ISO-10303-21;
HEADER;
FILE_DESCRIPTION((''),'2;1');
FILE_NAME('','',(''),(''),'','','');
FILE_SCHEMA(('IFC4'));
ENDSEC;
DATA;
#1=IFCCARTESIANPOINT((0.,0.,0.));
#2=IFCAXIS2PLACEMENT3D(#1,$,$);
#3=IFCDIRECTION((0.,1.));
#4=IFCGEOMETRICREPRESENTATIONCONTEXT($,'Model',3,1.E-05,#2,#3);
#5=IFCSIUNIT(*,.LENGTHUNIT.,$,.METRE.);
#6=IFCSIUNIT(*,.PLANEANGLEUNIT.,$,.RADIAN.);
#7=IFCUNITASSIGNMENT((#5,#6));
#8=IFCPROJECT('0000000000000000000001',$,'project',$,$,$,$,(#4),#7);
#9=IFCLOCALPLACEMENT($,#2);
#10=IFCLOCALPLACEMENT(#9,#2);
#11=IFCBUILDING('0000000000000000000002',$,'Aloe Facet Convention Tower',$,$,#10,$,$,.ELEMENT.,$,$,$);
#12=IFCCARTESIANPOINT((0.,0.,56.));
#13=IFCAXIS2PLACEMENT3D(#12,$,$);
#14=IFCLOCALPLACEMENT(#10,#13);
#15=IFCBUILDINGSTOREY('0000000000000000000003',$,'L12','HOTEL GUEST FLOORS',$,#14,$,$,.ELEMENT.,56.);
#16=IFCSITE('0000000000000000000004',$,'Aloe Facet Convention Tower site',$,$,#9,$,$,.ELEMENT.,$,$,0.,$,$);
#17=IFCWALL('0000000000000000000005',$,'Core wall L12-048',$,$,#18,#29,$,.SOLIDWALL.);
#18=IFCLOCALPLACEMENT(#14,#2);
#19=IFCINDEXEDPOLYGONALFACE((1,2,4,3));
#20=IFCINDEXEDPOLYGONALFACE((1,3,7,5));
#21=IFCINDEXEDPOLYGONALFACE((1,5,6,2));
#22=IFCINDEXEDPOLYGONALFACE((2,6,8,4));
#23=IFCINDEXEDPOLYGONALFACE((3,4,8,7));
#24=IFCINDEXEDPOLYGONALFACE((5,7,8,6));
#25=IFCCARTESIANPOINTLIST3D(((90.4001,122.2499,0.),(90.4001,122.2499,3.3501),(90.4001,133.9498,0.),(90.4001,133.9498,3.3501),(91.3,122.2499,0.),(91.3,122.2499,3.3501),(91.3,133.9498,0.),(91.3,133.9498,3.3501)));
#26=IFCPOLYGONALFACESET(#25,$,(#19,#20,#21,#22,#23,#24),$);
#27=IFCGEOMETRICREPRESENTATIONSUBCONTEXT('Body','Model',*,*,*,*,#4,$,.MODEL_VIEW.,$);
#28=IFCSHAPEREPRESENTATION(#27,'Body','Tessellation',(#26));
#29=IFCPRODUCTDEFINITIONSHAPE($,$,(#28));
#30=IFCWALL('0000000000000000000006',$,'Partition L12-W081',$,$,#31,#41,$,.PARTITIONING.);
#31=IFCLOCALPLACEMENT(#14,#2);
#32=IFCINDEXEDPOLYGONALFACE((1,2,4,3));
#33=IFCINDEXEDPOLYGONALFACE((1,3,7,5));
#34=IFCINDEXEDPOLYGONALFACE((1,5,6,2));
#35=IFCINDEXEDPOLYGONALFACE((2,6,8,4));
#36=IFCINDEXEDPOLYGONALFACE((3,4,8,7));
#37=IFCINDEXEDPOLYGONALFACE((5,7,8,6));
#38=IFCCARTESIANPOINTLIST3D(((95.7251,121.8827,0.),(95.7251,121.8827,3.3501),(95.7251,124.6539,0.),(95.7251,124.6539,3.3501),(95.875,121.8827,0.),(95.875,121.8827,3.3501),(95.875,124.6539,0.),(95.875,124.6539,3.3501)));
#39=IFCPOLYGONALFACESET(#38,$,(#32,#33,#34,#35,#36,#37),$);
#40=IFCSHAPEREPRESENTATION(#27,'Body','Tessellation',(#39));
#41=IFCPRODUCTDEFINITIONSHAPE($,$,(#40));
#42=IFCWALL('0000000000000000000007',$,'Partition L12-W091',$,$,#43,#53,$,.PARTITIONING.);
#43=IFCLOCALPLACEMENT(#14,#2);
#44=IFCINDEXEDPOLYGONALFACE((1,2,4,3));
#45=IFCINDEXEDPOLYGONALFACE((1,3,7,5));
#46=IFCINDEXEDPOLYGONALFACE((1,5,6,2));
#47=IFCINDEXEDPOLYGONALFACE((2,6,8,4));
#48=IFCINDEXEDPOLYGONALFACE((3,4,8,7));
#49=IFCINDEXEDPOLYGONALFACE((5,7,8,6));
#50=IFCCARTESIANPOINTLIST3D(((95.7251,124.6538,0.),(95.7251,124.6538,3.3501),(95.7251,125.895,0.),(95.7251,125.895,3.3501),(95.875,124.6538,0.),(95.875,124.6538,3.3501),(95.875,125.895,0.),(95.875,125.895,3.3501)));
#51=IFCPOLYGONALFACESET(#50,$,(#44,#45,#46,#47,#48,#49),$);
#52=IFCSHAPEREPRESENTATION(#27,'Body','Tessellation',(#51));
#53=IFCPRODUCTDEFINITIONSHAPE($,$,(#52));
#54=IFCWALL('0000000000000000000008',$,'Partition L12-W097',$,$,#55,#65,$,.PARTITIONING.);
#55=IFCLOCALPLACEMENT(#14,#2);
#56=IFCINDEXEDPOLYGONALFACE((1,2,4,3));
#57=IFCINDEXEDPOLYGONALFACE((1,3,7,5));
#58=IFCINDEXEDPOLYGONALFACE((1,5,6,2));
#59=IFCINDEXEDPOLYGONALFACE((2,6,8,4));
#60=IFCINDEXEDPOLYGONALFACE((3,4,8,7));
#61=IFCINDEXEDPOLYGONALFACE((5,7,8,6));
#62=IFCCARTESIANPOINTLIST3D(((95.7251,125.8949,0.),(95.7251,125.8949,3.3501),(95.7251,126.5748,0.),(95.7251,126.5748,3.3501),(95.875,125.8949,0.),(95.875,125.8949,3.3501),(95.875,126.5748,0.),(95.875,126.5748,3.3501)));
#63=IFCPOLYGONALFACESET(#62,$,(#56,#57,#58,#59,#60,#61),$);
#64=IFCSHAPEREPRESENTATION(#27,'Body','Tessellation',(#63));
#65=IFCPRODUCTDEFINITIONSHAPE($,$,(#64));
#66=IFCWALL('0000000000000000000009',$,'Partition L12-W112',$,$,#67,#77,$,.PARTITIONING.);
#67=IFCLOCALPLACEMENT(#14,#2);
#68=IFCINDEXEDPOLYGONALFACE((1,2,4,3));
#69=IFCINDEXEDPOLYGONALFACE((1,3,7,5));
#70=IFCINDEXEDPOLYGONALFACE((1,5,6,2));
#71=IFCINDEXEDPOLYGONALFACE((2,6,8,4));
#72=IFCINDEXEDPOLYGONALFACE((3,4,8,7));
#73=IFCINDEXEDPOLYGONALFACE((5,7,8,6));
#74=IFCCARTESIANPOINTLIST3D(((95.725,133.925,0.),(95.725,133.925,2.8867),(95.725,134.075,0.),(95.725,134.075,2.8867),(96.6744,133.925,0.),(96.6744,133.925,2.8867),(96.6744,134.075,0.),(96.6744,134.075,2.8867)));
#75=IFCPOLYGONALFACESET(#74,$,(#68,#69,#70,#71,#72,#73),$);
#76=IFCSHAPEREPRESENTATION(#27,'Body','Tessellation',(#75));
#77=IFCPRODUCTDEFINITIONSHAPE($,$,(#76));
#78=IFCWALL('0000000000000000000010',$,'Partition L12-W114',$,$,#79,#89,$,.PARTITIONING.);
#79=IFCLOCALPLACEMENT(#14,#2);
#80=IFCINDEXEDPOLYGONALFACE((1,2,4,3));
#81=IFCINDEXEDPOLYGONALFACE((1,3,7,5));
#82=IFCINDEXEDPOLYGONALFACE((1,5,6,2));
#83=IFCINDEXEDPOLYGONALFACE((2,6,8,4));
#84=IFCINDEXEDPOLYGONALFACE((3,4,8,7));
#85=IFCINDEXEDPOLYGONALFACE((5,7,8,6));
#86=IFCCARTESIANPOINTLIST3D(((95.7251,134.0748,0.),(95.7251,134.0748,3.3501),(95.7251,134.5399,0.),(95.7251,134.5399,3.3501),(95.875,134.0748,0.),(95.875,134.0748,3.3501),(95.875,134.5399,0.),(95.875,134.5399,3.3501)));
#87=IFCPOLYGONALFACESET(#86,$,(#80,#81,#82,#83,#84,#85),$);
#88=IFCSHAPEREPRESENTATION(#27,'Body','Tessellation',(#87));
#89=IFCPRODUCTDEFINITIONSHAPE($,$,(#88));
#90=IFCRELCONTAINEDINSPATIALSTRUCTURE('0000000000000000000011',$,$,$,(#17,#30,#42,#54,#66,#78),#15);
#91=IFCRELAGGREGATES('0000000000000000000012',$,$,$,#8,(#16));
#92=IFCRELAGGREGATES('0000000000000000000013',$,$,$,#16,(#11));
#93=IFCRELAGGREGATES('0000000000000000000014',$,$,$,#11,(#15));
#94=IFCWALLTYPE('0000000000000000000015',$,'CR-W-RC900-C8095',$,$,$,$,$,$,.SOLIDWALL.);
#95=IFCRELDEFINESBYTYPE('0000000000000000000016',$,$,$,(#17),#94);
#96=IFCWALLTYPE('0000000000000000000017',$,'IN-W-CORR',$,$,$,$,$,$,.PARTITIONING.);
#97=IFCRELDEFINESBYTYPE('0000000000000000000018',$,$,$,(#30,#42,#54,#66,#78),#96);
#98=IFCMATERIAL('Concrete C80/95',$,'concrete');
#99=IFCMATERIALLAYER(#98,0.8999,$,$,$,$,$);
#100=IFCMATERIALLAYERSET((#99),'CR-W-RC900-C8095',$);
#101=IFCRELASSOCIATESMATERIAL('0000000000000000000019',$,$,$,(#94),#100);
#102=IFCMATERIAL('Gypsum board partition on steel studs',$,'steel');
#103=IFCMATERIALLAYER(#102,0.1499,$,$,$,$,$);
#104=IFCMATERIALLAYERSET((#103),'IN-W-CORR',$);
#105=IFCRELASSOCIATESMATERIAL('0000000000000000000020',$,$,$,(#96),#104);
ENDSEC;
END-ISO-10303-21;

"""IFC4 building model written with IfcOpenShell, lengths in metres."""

from ifc_helpers import new_model, si_unit, direction, frame, frame_2d, origin, place, context, subcontext, project, spatial, rectangle, extrude, material, layer, layer_set, type_object, element, save


model = new_model("IFC4")

# Units and contexts
model_context = context("Model", 3, precision=1e-05, world=origin(), true_north=direction((0.0, 1.0)))
body_context = subcontext(model_context, "Body", "Model", "MODEL_VIEW")
ifc_project = project(units=[si_unit("LENGTHUNIT", "METRE"), si_unit("PLANEANGLEUNIT", "RADIAN")], contexts=[model_context])

# Site, building, storey
site_placement = place(None, origin())
site = spatial("IfcSite", under=ifc_project, at=site_placement, Name="Aloe Facet Convention Tower site", CompositionType="ELEMENT", RefElevation=0.0)
building_placement = place(site_placement, origin())
building = spatial("IfcBuilding", under=site, at=building_placement, Name="Aloe Facet Convention Tower", CompositionType="ELEMENT")
storey_placement = place(building_placement, frame((0.0, 0.0, 56.0)))
storey = spatial("IfcBuildingStorey", under=building, at=storey_placement, Name="L12", Description="HOTEL GUEST FLOORS", CompositionType="ELEMENT", Elevation=56.0)

# Walls
ifc_material_1 = material(Name="Concrete C80/95", Category="concrete")
ifc_layer_1 = layer(ifc_material_1, 0.8999)
ifc_layer_set_1 = layer_set([ifc_layer_1], Name="CR-W-RC900-C8095")
wall_type_1 = type_object("IfcWallType", Name="CR-W-RC900-C8095", PredefinedType="SOLIDWALL", material=ifc_layer_set_1)
wall_1_placement = place(storey_placement, frame((90.8501, 133.95, 0.0), z_axis=(0.0, 0.0, 1.0), x_axis=(0.0, -1.0, 0.0)))
element("IfcWall", 1, at=wall_1_placement, inside=storey, type_object=wall_type_1, Name="Core wall L12-048", PredefinedType="SOLIDWALL", context=body_context, shape_type="SweptSolid", body=[
    extrude(rectangle(XDim=11.7, YDim=0.8999, at=frame_2d((5.8501, 0.0))), origin(), (0.0, 0.0, 1.0), 3.3501),
])
ifc_material_2 = material(Name="Gypsum board partition on steel studs", Category="steel")
ifc_layer_2 = layer(ifc_material_2, 0.1499)
ifc_layer_set_2 = layer_set([ifc_layer_2], Name="IN-W-CORR")
wall_type_2 = type_object("IfcWallType", Name="IN-W-CORR", PredefinedType="PARTITIONING", material=ifc_layer_set_2)
wall_2_placement = place(storey_placement, frame((95.8, 121.8826, 0.0), z_axis=(0.0, 0.0, 1.0), x_axis=(0.0, 1.0, 0.0)))
element("IfcWall", 2, at=wall_2_placement, inside=storey, type_object=wall_type_2, Name="Partition L12-W081", PredefinedType="PARTITIONING", context=body_context, shape_type="SweptSolid", body=[
    extrude(rectangle(XDim=2.7712, YDim=0.1499, at=frame_2d((1.3857, 0.0))), origin(), (0.0, 0.0, 1.0), 3.3501),
])
wall_3_placement = place(storey_placement, frame((95.8, 124.6538, 0.0), z_axis=(0.0, 0.0, 1.0), x_axis=(0.0, 1.0, 0.0)))
element("IfcWall", 3, at=wall_3_placement, inside=storey, type_object=wall_type_2, Name="Partition L12-W091", PredefinedType="PARTITIONING", context=body_context, shape_type="SweptSolid", body=[
    extrude(rectangle(XDim=1.2412, YDim=0.1499, at=frame_2d((0.6206, 0.0))), origin(), (0.0, 0.0, 1.0), 3.3501),
])
wall_4_placement = place(storey_placement, frame((95.8, 125.895, 0.0), z_axis=(0.0, 0.0, 1.0), x_axis=(0.0, 1.0, 0.0)))
element("IfcWall", 4, at=wall_4_placement, inside=storey, type_object=wall_type_2, Name="Partition L12-W097", PredefinedType="PARTITIONING", context=body_context, shape_type="SweptSolid", body=[
    extrude(rectangle(XDim=0.6799, YDim=0.1499, at=frame_2d((0.3398, 0.0))), origin(), (0.0, 0.0, 1.0), 3.3501),
])
wall_5_placement = place(storey_placement, frame((95.7251, 134.0, 0.0), z_axis=(0.0, 0.0, 1.0), x_axis=(1.0, 0.0, 0.0)))
element("IfcWall", 5, at=wall_5_placement, inside=storey, type_object=wall_type_2, Name="Partition L12-W112", PredefinedType="PARTITIONING", context=body_context, shape_type="SweptSolid", body=[
    extrude(rectangle(XDim=0.9495, YDim=0.1499, at=frame_2d((0.4746, 0.0))), origin(), (0.0, 0.0, 1.0), 2.8867),
])
wall_6_placement = place(storey_placement, frame((95.8, 134.075, 0.0), z_axis=(0.0, 0.0, 1.0), x_axis=(0.0, 1.0, 0.0)))
element("IfcWall", 6, at=wall_6_placement, inside=storey, type_object=wall_type_2, Name="Partition L12-W114", PredefinedType="PARTITIONING", context=body_context, shape_type="SweptSolid", body=[
    extrude(rectangle(XDim=0.4651, YDim=0.1499, at=frame_2d((0.2324, 0.0))), origin(), (0.0, 0.0, 1.0), 3.3501),
])

save(model, "model.ifc")
